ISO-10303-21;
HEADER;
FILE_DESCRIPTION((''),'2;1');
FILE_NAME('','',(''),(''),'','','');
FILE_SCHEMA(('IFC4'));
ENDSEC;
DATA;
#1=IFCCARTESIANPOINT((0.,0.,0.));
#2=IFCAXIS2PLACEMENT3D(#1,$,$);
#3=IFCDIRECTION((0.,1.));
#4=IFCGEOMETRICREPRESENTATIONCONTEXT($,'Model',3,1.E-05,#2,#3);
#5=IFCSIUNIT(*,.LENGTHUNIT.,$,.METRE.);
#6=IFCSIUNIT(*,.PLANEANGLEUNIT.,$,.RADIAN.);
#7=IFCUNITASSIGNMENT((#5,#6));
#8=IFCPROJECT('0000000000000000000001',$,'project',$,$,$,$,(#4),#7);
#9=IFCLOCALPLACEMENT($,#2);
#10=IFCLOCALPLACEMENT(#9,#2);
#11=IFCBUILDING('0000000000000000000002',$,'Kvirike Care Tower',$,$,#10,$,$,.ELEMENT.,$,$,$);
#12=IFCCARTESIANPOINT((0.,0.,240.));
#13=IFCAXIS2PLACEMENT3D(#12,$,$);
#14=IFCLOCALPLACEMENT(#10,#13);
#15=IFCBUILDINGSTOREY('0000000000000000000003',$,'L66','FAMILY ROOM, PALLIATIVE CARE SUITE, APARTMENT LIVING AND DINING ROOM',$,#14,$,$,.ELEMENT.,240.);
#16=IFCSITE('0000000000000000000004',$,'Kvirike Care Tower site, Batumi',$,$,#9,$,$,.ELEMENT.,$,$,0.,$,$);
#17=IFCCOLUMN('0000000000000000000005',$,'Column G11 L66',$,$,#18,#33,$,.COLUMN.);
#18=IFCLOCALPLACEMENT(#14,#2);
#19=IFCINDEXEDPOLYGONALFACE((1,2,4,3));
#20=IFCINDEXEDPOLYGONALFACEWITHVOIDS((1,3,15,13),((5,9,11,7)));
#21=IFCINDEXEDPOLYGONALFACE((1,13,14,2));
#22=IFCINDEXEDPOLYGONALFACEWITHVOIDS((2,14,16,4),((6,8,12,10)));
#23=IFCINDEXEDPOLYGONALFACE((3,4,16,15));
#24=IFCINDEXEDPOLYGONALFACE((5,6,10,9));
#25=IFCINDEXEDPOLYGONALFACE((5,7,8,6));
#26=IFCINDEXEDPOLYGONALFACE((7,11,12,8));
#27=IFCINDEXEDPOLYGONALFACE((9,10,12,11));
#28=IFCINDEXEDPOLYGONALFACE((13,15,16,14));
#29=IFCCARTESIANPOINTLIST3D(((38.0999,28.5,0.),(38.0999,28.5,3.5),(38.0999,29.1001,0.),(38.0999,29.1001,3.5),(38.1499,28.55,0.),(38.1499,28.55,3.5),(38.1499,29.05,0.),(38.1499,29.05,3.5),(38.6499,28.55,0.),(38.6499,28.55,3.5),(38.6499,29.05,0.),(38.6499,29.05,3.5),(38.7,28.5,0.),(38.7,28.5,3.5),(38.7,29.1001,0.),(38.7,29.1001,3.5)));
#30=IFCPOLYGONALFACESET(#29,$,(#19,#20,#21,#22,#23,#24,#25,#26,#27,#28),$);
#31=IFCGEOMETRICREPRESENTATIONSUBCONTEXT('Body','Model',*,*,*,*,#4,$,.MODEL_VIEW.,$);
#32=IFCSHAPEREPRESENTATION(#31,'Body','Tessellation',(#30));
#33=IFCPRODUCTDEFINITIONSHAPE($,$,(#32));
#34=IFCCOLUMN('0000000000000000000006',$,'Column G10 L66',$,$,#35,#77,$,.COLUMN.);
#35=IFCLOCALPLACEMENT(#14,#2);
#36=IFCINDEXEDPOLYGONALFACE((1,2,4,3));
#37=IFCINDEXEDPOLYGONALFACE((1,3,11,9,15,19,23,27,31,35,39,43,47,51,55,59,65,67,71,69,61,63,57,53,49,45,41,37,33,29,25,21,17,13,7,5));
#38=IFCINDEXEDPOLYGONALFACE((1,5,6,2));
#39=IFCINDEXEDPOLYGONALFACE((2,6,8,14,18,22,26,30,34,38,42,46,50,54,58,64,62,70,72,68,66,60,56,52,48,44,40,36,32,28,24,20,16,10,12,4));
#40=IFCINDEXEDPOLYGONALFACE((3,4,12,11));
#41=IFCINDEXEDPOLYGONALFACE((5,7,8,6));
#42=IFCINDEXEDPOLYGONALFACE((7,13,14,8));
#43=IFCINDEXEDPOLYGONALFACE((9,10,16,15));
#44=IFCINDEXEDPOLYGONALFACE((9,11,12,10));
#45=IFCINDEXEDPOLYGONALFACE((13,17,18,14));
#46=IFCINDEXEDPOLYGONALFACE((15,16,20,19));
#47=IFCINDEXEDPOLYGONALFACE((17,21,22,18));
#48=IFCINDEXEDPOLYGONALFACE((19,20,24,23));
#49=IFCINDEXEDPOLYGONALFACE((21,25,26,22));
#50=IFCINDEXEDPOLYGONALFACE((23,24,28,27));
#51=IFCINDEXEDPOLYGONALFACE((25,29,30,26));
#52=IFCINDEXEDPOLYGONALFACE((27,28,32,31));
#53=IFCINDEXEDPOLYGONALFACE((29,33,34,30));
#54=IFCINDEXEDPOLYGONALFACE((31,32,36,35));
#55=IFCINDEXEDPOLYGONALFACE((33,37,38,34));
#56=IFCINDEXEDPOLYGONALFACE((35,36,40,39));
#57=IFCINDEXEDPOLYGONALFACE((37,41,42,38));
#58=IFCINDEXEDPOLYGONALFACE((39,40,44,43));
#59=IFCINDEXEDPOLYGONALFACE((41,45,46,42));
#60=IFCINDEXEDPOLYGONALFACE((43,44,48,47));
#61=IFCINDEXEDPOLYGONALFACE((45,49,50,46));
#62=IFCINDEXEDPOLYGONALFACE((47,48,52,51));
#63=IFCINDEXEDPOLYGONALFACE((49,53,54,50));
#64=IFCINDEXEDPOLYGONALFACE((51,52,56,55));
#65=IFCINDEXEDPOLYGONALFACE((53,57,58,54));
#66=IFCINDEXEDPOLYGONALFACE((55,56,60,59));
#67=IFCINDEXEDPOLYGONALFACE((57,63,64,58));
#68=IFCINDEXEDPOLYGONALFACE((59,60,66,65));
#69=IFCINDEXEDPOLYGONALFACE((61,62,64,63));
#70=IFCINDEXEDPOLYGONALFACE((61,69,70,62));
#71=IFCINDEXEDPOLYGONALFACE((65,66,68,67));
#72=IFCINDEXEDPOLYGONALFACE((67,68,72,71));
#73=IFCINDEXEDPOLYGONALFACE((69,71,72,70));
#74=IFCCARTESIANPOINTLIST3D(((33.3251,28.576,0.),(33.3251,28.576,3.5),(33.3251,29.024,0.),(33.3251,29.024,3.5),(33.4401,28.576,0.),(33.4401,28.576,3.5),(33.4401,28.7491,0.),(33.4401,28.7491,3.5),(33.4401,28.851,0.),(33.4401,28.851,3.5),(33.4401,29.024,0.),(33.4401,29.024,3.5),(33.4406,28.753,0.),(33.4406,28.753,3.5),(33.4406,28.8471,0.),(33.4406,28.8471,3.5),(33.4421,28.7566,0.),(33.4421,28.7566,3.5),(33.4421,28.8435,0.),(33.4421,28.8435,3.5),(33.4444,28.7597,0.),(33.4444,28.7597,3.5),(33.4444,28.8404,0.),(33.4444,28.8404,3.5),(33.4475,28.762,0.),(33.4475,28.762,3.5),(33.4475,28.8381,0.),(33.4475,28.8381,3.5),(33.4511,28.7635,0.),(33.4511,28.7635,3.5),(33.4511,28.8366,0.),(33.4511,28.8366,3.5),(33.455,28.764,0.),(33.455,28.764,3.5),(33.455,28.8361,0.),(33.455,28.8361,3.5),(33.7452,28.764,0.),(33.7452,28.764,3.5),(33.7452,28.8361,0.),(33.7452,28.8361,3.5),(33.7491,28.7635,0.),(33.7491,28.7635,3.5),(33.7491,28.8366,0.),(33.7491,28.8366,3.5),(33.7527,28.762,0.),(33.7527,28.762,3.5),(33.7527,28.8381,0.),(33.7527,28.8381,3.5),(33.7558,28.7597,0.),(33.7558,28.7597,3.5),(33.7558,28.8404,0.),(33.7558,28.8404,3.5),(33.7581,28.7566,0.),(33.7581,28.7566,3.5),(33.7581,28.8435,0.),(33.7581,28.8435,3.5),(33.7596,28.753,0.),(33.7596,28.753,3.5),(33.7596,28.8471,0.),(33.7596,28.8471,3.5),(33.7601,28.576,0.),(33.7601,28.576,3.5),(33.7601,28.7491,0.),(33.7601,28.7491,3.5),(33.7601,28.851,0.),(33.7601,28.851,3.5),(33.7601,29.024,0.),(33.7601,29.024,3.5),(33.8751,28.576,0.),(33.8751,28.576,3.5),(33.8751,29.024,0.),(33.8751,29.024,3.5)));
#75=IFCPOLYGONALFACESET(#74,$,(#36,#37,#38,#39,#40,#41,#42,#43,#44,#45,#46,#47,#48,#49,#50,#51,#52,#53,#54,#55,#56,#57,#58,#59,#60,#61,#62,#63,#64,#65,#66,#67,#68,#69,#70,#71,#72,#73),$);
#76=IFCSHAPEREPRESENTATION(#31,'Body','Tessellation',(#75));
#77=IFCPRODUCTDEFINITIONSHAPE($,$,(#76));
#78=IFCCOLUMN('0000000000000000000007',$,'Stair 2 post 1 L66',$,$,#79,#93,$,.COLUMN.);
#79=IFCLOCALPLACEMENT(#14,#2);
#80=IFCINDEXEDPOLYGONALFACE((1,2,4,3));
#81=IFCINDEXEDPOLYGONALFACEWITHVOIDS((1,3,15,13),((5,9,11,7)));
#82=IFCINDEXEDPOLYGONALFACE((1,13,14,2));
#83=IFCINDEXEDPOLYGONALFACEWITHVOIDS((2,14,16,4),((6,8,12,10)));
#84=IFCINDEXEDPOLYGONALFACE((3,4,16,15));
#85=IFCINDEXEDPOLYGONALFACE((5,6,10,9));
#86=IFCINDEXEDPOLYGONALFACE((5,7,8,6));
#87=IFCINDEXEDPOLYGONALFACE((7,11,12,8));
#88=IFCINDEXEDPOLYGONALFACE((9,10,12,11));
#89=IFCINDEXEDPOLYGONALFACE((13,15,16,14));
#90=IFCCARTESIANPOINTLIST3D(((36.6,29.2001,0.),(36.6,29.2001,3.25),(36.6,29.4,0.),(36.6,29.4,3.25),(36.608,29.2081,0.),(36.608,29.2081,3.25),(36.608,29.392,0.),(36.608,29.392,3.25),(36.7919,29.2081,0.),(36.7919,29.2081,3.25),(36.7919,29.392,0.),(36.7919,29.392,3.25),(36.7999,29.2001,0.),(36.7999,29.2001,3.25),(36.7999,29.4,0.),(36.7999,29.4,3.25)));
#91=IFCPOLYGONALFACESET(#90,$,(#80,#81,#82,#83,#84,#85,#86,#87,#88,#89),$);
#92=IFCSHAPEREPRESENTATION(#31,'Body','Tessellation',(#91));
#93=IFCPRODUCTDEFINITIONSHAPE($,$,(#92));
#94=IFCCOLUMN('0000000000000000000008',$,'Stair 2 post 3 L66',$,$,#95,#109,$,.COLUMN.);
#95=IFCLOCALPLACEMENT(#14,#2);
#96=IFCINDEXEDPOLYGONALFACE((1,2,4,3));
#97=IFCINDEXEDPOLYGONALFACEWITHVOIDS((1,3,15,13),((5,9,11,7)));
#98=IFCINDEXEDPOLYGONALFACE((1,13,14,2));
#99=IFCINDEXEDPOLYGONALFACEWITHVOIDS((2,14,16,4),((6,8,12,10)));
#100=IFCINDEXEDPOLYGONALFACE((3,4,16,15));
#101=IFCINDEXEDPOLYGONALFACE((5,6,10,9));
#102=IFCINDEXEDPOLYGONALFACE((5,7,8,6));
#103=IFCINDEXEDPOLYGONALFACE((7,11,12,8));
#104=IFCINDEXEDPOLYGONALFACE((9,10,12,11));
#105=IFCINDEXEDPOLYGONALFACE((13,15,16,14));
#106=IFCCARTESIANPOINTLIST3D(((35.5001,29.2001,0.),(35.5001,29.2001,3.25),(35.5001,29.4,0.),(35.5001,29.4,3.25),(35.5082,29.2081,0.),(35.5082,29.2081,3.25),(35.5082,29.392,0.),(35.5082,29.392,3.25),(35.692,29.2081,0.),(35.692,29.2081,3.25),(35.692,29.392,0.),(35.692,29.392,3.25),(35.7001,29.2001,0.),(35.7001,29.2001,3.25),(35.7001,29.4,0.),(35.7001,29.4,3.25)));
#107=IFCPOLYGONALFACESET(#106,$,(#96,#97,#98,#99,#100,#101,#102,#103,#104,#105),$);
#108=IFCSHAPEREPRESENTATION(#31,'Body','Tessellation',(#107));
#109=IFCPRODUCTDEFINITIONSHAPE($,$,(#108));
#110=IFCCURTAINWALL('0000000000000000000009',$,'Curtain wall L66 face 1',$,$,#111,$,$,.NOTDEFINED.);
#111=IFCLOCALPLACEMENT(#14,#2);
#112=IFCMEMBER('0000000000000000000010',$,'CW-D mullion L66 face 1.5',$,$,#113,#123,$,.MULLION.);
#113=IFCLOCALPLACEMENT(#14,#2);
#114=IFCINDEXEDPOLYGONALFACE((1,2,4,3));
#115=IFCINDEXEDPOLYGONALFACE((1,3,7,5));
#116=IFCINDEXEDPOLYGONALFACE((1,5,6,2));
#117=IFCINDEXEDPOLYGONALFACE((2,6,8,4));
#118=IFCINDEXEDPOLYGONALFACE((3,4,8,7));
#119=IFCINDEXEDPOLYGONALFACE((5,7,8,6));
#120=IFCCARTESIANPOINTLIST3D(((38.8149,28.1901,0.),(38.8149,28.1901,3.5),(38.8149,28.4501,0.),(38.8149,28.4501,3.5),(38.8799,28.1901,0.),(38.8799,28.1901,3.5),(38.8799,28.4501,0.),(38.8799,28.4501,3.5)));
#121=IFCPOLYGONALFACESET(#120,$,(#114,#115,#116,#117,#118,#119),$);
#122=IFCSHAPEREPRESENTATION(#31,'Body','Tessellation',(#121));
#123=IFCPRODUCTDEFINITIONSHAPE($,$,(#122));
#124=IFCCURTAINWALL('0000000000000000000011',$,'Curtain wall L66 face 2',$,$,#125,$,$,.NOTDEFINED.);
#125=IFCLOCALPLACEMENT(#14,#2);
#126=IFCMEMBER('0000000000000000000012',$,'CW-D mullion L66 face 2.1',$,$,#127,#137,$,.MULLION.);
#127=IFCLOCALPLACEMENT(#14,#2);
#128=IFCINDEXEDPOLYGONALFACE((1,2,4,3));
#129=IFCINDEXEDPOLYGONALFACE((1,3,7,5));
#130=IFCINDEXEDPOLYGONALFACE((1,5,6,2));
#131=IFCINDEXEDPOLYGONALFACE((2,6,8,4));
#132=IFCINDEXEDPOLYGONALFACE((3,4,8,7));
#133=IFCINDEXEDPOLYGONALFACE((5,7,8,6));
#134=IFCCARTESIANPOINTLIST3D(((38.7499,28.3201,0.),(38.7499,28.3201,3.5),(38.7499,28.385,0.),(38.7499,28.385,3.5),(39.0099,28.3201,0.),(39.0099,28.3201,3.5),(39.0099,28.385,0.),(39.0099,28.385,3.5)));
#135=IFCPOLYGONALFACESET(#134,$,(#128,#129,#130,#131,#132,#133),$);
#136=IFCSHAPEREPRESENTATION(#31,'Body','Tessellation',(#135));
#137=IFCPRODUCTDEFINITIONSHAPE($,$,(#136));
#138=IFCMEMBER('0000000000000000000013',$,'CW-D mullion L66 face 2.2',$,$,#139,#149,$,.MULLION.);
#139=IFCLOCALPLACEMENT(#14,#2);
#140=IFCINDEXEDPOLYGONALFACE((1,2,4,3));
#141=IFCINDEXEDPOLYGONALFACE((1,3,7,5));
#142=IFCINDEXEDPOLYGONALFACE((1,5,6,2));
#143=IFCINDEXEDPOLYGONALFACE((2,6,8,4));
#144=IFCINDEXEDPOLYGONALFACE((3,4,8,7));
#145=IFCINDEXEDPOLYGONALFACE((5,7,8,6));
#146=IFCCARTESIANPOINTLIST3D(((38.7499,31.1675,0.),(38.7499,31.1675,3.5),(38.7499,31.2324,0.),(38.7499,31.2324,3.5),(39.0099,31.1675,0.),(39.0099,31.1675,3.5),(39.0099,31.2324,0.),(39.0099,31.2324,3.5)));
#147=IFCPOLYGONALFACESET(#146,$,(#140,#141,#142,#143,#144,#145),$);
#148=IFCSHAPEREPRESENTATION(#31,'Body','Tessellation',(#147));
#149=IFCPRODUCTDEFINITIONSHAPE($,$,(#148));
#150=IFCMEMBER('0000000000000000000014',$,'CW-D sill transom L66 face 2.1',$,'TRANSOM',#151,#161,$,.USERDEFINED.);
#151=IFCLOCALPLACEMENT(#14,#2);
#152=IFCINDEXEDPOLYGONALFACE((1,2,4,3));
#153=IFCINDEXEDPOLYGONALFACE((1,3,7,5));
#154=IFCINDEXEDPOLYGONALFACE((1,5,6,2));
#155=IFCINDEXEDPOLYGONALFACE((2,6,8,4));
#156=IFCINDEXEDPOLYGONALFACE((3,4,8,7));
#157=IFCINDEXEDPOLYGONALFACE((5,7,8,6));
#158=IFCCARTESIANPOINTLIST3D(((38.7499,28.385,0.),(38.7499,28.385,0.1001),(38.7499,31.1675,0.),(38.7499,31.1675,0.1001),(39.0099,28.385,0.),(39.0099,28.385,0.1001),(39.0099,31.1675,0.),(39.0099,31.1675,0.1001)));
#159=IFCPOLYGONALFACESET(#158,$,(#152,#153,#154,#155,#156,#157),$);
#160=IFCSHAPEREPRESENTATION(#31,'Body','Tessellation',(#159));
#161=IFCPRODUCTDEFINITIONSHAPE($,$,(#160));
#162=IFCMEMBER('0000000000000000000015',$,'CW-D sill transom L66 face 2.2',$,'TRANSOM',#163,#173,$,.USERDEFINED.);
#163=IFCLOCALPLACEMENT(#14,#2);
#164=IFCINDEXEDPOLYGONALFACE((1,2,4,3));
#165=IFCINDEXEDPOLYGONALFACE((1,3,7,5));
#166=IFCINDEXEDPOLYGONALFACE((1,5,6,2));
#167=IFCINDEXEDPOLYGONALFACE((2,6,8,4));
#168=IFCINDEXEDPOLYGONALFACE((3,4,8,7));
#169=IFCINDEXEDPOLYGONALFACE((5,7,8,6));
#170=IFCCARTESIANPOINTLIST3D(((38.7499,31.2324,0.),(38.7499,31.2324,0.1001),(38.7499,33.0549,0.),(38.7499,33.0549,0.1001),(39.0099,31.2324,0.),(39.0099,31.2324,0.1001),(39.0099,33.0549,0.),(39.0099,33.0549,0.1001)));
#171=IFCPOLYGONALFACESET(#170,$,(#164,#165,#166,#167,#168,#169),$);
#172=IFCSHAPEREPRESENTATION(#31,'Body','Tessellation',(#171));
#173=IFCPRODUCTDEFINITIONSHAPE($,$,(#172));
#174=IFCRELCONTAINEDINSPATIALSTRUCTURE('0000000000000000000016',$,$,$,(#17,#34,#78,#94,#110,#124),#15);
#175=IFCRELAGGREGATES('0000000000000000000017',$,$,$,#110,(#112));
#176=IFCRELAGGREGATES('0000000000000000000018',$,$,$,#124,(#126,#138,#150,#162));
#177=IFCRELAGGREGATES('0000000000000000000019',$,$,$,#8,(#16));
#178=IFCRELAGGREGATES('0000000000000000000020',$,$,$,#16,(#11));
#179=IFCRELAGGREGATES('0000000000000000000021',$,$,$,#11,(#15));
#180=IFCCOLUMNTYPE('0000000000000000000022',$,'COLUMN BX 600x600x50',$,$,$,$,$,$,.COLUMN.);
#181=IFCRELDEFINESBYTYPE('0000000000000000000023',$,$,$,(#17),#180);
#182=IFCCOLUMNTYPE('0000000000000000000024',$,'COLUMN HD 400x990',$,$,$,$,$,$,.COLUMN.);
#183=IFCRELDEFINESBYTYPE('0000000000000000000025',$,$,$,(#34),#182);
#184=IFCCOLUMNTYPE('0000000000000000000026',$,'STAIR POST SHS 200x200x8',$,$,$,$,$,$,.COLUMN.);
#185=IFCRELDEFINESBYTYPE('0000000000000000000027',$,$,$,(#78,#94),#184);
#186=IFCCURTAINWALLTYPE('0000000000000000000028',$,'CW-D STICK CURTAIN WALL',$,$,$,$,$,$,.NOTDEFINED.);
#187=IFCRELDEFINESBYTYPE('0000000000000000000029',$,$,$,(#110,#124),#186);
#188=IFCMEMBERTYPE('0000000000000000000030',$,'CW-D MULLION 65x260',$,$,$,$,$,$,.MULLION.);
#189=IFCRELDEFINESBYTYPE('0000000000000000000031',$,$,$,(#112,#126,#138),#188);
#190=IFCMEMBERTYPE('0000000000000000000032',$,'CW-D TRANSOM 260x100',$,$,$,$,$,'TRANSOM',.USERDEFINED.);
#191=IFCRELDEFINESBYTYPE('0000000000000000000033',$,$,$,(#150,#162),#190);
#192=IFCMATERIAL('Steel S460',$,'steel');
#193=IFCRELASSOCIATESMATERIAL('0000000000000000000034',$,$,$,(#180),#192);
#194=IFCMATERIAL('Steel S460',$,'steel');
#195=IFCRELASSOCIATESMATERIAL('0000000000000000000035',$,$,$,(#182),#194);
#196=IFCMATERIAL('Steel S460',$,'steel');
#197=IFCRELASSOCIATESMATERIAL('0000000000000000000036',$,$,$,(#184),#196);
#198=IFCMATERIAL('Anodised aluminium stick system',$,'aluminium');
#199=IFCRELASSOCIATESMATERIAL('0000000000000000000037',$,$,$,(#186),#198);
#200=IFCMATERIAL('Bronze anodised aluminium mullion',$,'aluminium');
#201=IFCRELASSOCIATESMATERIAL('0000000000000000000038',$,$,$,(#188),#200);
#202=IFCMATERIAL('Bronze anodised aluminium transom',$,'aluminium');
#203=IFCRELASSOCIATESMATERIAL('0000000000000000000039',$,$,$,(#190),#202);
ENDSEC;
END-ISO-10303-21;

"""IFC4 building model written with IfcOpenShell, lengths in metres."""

from ifc_helpers import new_model, si_unit, direction, frame, origin, origin_2d, place, context, subcontext, project, spatial, rectangle, hollow_rectangle, i_section, extrude, material, material_profile, profile_set, type_object, element, aggregate, save


model = new_model("IFC4")

# Units and contexts
model_context = context("Model", 3, precision=1e-05, world=origin(), true_north=direction((0.0, 1.0)))
body_context = subcontext(model_context, "Body", "Model", "MODEL_VIEW")
ifc_project = project(units=[si_unit("LENGTHUNIT", "METRE"), si_unit("PLANEANGLEUNIT", "RADIAN")], contexts=[model_context])

# Site, building, storey
site_placement = place(None, origin())
site = spatial("IfcSite", under=ifc_project, at=site_placement, Name="Kvirike Care Tower site, Batumi", CompositionType="ELEMENT", RefElevation=0.0)
building_placement = place(site_placement, origin())
building = spatial("IfcBuilding", under=site, at=building_placement, Name="Kvirike Care Tower", CompositionType="ELEMENT")
storey_placement = place(building_placement, frame((0.0, 0.0, 240.0)))
storey = spatial("IfcBuildingStorey", under=building, at=storey_placement, Name="L66", Description="FAMILY ROOM, PALLIATIVE CARE SUITE, APARTMENT LIVING AND DINING ROOM", CompositionType="ELEMENT", Elevation=240.0)

# Columns
ifc_material_1 = material(Name="Steel S460", Category="steel")
ifc_material_profile_1 = material_profile(ifc_material_1, hollow_rectangle(XDim=0.6001, YDim=0.6001, WallThickness=0.05, at=origin_2d()), Name="BX 600x600x50")
ifc_profile_set_1 = profile_set([ifc_material_profile_1], Name="Steel S460")
column_type_1 = type_object("IfcColumnType", Name="COLUMN BX 600x600x50", PredefinedType="COLUMN", material=ifc_profile_set_1)
column_1_placement = place(storey_placement, frame((38.3999, 28.8, 0.0), z_axis=(0.0, 0.0, 1.0), x_axis=(0.0, 1.0, 0.0)))
element("IfcColumn", 1, at=column_1_placement, inside=storey, type_object=column_type_1, Name="Column G11 L66", PredefinedType="COLUMN", context=body_context, shape_type="SweptSolid", body=[
    extrude(hollow_rectangle(XDim=0.6001, YDim=0.6001, WallThickness=0.05, at=origin_2d()), origin(), (0.0, 0.0, 1.0), 3.5),
])
ifc_material_2 = material(Name="Steel S460", Category="steel")
ifc_material_profile_2 = material_profile(ifc_material_2, i_section(OverallWidth=0.448, OverallDepth=0.55, WebThickness=0.072, FlangeThickness=0.115, FilletRadius=0.0149, at=origin_2d()), Name="HD 400x990")
ifc_profile_set_2 = profile_set([ifc_material_profile_2], Name="Steel S460")
column_type_2 = type_object("IfcColumnType", Name="COLUMN HD 400x990", PredefinedType="COLUMN", material=ifc_profile_set_2)
column_2_placement = place(storey_placement, frame((33.6001, 28.8, 0.0), z_axis=(0.0, 0.0, 1.0), x_axis=(0.0, 1.0, 0.0)))
element("IfcColumn", 2, at=column_2_placement, inside=storey, type_object=column_type_2, Name="Column G10 L66", PredefinedType="COLUMN", context=body_context, shape_type="SweptSolid", body=[
    extrude(i_section(OverallWidth=0.448, OverallDepth=0.55, WebThickness=0.072, FlangeThickness=0.115, FilletRadius=0.0149, at=origin_2d()), origin(), (0.0, 0.0, 1.0), 3.5),
])
ifc_material_3 = material(Name="Steel S460", Category="steel")
ifc_material_profile_3 = material_profile(ifc_material_3, hollow_rectangle(XDim=0.2, YDim=0.2, WallThickness=0.0081, at=origin_2d()), Name="SHS 200x200x8")
ifc_profile_set_3 = profile_set([ifc_material_profile_3], Name="Steel S460")
column_type_3 = type_object("IfcColumnType", Name="STAIR POST SHS 200x200x8", PredefinedType="COLUMN", material=ifc_profile_set_3)
for number, where, z_axis, x_axis, name in (
    (3, (36.7, 29.3, 0.0), (0.0, 0.0, 1.0), (1.0, 0.0, 0.0), "Stair 2 post 1 L66"),
    (4, (35.6001, 29.3, 0.0), (0.0, 0.0, 1.0), (1.0, 0.0, 0.0), "Stair 2 post 3 L66"),
):
    element("IfcColumn", number, at=place(storey_placement, frame(where, z_axis=z_axis, x_axis=x_axis)), inside=storey, type_object=column_type_3, Name=name, PredefinedType="COLUMN", context=body_context, shape_type="SweptSolid", body=[
        extrude(hollow_rectangle(XDim=0.2, YDim=0.2, WallThickness=0.0081, at=origin_2d()), origin(), (0.0, 0.0, 1.0), 3.25),
    ])

# Curtain wall, member
ifc_material_4 = material(Name="Anodised aluminium stick system", Category="aluminium")
curtain_wall_type = type_object("IfcCurtainWallType", Name="CW-D STICK CURTAIN WALL", PredefinedType="NOTDEFINED", material=ifc_material_4)
curtain_wall_1_placement = place(storey_placement, origin())
curtain_wall_1 = element("IfcCurtainWall", 5, at=curtain_wall_1_placement, inside=storey, type_object=curtain_wall_type, Name="Curtain wall L66 face 1", PredefinedType="NOTDEFINED")
ifc_material_5 = material(Name="Bronze anodised aluminium mullion", Category="aluminium")
ifc_material_profile_4 = material_profile(ifc_material_5, rectangle(XDim=0.0649, YDim=0.26, at=origin_2d()), Name="CW-D MULLION 65x260")
ifc_profile_set_4 = profile_set([ifc_material_profile_4], Name="Bronze anodised aluminium mullion")
member_type_1 = type_object("IfcMemberType", Name="CW-D MULLION 65x260", PredefinedType="MULLION", material=ifc_profile_set_4)
member_1_placement = place(storey_placement, frame((38.8474, 28.3201, 0.0), z_axis=(0.0, 0.0, 1.0), x_axis=(1.0, 0.0, 0.0)))
member_1 = element("IfcMember", 6, at=member_1_placement, type_object=member_type_1, Name="CW-D mullion L66 face 1.5", PredefinedType="MULLION", context=body_context, shape_type="SweptSolid", body=[
    extrude(rectangle(XDim=0.0649, YDim=0.26, at=origin_2d()), origin(), (0.0, 0.0, 1.0), 3.5),
])
aggregate(curtain_wall_1, [member_1])

# Curtain wall, members
curtain_wall_2_placement = place(storey_placement, origin())
curtain_wall_2 = element("IfcCurtainWall", 7, at=curtain_wall_2_placement, inside=storey, type_object=curtain_wall_type, Name="Curtain wall L66 face 2", PredefinedType="NOTDEFINED")
member_2_placement = place(storey_placement, frame((38.8799, 28.3525, 0.0), z_axis=(0.0, 0.0, 1.0), x_axis=(0.0, 1.0, 0.0)))
member_2 = element("IfcMember", 8, at=member_2_placement, type_object=member_type_1, Name="CW-D mullion L66 face 2.1", PredefinedType="MULLION", context=body_context, shape_type="SweptSolid", body=[
    extrude(rectangle(XDim=0.0649, YDim=0.26, at=origin_2d()), origin(), (0.0, 0.0, 1.0), 3.5),
])
member_3_placement = place(storey_placement, frame((38.8799, 31.2, 0.0), z_axis=(0.0, 0.0, 1.0), x_axis=(0.0, 1.0, 0.0)))
member_3 = element("IfcMember", 9, at=member_3_placement, type_object=member_type_1, Name="CW-D mullion L66 face 2.2", PredefinedType="MULLION", context=body_context, shape_type="SweptSolid", body=[
    extrude(rectangle(XDim=0.0649, YDim=0.26, at=origin_2d()), origin(), (0.0, 0.0, 1.0), 3.5),
])
ifc_material_6 = material(Name="Bronze anodised aluminium transom", Category="aluminium")
ifc_material_profile_5 = material_profile(ifc_material_6, rectangle(XDim=0.26, YDim=0.1001, at=origin_2d()), Name="CW-D TRANSOM 260x100")
ifc_profile_set_5 = profile_set([ifc_material_profile_5], Name="Bronze anodised aluminium transom")
member_type_2 = type_object("IfcMemberType", Name="CW-D TRANSOM 260x100", ElementType="TRANSOM", PredefinedType="USERDEFINED", material=ifc_profile_set_5)
member_4_placement = place(storey_placement, frame((38.8799, 28.385, 0.05), z_axis=(0.0, 1.0, 0.0), x_axis=(-1.0, 0.0, 0.0)))
member_4 = element("IfcMember", 10, at=member_4_placement, type_object=member_type_2, Name="CW-D sill transom L66 face 2.1", ObjectType="TRANSOM", PredefinedType="USERDEFINED", context=body_context, shape_type="SweptSolid", body=[
    extrude(rectangle(XDim=0.26, YDim=0.1001, at=origin_2d()), origin(), (0.0, 0.0, 1.0), 2.7825),
])
member_5_placement = place(storey_placement, frame((38.8799, 31.2324, 0.05), z_axis=(0.0, 1.0, 0.0), x_axis=(-1.0, 0.0, 0.0)))
member_5 = element("IfcMember", 11, at=member_5_placement, type_object=member_type_2, Name="CW-D sill transom L66 face 2.2", ObjectType="TRANSOM", PredefinedType="USERDEFINED", context=body_context, shape_type="SweptSolid", body=[
    extrude(rectangle(XDim=0.26, YDim=0.1001, at=origin_2d()), origin(), (0.0, 0.0, 1.0), 1.8225),
])

aggregate(curtain_wall_2, [member_2, member_3, member_4, member_5])

save(model, "model.ifc")
